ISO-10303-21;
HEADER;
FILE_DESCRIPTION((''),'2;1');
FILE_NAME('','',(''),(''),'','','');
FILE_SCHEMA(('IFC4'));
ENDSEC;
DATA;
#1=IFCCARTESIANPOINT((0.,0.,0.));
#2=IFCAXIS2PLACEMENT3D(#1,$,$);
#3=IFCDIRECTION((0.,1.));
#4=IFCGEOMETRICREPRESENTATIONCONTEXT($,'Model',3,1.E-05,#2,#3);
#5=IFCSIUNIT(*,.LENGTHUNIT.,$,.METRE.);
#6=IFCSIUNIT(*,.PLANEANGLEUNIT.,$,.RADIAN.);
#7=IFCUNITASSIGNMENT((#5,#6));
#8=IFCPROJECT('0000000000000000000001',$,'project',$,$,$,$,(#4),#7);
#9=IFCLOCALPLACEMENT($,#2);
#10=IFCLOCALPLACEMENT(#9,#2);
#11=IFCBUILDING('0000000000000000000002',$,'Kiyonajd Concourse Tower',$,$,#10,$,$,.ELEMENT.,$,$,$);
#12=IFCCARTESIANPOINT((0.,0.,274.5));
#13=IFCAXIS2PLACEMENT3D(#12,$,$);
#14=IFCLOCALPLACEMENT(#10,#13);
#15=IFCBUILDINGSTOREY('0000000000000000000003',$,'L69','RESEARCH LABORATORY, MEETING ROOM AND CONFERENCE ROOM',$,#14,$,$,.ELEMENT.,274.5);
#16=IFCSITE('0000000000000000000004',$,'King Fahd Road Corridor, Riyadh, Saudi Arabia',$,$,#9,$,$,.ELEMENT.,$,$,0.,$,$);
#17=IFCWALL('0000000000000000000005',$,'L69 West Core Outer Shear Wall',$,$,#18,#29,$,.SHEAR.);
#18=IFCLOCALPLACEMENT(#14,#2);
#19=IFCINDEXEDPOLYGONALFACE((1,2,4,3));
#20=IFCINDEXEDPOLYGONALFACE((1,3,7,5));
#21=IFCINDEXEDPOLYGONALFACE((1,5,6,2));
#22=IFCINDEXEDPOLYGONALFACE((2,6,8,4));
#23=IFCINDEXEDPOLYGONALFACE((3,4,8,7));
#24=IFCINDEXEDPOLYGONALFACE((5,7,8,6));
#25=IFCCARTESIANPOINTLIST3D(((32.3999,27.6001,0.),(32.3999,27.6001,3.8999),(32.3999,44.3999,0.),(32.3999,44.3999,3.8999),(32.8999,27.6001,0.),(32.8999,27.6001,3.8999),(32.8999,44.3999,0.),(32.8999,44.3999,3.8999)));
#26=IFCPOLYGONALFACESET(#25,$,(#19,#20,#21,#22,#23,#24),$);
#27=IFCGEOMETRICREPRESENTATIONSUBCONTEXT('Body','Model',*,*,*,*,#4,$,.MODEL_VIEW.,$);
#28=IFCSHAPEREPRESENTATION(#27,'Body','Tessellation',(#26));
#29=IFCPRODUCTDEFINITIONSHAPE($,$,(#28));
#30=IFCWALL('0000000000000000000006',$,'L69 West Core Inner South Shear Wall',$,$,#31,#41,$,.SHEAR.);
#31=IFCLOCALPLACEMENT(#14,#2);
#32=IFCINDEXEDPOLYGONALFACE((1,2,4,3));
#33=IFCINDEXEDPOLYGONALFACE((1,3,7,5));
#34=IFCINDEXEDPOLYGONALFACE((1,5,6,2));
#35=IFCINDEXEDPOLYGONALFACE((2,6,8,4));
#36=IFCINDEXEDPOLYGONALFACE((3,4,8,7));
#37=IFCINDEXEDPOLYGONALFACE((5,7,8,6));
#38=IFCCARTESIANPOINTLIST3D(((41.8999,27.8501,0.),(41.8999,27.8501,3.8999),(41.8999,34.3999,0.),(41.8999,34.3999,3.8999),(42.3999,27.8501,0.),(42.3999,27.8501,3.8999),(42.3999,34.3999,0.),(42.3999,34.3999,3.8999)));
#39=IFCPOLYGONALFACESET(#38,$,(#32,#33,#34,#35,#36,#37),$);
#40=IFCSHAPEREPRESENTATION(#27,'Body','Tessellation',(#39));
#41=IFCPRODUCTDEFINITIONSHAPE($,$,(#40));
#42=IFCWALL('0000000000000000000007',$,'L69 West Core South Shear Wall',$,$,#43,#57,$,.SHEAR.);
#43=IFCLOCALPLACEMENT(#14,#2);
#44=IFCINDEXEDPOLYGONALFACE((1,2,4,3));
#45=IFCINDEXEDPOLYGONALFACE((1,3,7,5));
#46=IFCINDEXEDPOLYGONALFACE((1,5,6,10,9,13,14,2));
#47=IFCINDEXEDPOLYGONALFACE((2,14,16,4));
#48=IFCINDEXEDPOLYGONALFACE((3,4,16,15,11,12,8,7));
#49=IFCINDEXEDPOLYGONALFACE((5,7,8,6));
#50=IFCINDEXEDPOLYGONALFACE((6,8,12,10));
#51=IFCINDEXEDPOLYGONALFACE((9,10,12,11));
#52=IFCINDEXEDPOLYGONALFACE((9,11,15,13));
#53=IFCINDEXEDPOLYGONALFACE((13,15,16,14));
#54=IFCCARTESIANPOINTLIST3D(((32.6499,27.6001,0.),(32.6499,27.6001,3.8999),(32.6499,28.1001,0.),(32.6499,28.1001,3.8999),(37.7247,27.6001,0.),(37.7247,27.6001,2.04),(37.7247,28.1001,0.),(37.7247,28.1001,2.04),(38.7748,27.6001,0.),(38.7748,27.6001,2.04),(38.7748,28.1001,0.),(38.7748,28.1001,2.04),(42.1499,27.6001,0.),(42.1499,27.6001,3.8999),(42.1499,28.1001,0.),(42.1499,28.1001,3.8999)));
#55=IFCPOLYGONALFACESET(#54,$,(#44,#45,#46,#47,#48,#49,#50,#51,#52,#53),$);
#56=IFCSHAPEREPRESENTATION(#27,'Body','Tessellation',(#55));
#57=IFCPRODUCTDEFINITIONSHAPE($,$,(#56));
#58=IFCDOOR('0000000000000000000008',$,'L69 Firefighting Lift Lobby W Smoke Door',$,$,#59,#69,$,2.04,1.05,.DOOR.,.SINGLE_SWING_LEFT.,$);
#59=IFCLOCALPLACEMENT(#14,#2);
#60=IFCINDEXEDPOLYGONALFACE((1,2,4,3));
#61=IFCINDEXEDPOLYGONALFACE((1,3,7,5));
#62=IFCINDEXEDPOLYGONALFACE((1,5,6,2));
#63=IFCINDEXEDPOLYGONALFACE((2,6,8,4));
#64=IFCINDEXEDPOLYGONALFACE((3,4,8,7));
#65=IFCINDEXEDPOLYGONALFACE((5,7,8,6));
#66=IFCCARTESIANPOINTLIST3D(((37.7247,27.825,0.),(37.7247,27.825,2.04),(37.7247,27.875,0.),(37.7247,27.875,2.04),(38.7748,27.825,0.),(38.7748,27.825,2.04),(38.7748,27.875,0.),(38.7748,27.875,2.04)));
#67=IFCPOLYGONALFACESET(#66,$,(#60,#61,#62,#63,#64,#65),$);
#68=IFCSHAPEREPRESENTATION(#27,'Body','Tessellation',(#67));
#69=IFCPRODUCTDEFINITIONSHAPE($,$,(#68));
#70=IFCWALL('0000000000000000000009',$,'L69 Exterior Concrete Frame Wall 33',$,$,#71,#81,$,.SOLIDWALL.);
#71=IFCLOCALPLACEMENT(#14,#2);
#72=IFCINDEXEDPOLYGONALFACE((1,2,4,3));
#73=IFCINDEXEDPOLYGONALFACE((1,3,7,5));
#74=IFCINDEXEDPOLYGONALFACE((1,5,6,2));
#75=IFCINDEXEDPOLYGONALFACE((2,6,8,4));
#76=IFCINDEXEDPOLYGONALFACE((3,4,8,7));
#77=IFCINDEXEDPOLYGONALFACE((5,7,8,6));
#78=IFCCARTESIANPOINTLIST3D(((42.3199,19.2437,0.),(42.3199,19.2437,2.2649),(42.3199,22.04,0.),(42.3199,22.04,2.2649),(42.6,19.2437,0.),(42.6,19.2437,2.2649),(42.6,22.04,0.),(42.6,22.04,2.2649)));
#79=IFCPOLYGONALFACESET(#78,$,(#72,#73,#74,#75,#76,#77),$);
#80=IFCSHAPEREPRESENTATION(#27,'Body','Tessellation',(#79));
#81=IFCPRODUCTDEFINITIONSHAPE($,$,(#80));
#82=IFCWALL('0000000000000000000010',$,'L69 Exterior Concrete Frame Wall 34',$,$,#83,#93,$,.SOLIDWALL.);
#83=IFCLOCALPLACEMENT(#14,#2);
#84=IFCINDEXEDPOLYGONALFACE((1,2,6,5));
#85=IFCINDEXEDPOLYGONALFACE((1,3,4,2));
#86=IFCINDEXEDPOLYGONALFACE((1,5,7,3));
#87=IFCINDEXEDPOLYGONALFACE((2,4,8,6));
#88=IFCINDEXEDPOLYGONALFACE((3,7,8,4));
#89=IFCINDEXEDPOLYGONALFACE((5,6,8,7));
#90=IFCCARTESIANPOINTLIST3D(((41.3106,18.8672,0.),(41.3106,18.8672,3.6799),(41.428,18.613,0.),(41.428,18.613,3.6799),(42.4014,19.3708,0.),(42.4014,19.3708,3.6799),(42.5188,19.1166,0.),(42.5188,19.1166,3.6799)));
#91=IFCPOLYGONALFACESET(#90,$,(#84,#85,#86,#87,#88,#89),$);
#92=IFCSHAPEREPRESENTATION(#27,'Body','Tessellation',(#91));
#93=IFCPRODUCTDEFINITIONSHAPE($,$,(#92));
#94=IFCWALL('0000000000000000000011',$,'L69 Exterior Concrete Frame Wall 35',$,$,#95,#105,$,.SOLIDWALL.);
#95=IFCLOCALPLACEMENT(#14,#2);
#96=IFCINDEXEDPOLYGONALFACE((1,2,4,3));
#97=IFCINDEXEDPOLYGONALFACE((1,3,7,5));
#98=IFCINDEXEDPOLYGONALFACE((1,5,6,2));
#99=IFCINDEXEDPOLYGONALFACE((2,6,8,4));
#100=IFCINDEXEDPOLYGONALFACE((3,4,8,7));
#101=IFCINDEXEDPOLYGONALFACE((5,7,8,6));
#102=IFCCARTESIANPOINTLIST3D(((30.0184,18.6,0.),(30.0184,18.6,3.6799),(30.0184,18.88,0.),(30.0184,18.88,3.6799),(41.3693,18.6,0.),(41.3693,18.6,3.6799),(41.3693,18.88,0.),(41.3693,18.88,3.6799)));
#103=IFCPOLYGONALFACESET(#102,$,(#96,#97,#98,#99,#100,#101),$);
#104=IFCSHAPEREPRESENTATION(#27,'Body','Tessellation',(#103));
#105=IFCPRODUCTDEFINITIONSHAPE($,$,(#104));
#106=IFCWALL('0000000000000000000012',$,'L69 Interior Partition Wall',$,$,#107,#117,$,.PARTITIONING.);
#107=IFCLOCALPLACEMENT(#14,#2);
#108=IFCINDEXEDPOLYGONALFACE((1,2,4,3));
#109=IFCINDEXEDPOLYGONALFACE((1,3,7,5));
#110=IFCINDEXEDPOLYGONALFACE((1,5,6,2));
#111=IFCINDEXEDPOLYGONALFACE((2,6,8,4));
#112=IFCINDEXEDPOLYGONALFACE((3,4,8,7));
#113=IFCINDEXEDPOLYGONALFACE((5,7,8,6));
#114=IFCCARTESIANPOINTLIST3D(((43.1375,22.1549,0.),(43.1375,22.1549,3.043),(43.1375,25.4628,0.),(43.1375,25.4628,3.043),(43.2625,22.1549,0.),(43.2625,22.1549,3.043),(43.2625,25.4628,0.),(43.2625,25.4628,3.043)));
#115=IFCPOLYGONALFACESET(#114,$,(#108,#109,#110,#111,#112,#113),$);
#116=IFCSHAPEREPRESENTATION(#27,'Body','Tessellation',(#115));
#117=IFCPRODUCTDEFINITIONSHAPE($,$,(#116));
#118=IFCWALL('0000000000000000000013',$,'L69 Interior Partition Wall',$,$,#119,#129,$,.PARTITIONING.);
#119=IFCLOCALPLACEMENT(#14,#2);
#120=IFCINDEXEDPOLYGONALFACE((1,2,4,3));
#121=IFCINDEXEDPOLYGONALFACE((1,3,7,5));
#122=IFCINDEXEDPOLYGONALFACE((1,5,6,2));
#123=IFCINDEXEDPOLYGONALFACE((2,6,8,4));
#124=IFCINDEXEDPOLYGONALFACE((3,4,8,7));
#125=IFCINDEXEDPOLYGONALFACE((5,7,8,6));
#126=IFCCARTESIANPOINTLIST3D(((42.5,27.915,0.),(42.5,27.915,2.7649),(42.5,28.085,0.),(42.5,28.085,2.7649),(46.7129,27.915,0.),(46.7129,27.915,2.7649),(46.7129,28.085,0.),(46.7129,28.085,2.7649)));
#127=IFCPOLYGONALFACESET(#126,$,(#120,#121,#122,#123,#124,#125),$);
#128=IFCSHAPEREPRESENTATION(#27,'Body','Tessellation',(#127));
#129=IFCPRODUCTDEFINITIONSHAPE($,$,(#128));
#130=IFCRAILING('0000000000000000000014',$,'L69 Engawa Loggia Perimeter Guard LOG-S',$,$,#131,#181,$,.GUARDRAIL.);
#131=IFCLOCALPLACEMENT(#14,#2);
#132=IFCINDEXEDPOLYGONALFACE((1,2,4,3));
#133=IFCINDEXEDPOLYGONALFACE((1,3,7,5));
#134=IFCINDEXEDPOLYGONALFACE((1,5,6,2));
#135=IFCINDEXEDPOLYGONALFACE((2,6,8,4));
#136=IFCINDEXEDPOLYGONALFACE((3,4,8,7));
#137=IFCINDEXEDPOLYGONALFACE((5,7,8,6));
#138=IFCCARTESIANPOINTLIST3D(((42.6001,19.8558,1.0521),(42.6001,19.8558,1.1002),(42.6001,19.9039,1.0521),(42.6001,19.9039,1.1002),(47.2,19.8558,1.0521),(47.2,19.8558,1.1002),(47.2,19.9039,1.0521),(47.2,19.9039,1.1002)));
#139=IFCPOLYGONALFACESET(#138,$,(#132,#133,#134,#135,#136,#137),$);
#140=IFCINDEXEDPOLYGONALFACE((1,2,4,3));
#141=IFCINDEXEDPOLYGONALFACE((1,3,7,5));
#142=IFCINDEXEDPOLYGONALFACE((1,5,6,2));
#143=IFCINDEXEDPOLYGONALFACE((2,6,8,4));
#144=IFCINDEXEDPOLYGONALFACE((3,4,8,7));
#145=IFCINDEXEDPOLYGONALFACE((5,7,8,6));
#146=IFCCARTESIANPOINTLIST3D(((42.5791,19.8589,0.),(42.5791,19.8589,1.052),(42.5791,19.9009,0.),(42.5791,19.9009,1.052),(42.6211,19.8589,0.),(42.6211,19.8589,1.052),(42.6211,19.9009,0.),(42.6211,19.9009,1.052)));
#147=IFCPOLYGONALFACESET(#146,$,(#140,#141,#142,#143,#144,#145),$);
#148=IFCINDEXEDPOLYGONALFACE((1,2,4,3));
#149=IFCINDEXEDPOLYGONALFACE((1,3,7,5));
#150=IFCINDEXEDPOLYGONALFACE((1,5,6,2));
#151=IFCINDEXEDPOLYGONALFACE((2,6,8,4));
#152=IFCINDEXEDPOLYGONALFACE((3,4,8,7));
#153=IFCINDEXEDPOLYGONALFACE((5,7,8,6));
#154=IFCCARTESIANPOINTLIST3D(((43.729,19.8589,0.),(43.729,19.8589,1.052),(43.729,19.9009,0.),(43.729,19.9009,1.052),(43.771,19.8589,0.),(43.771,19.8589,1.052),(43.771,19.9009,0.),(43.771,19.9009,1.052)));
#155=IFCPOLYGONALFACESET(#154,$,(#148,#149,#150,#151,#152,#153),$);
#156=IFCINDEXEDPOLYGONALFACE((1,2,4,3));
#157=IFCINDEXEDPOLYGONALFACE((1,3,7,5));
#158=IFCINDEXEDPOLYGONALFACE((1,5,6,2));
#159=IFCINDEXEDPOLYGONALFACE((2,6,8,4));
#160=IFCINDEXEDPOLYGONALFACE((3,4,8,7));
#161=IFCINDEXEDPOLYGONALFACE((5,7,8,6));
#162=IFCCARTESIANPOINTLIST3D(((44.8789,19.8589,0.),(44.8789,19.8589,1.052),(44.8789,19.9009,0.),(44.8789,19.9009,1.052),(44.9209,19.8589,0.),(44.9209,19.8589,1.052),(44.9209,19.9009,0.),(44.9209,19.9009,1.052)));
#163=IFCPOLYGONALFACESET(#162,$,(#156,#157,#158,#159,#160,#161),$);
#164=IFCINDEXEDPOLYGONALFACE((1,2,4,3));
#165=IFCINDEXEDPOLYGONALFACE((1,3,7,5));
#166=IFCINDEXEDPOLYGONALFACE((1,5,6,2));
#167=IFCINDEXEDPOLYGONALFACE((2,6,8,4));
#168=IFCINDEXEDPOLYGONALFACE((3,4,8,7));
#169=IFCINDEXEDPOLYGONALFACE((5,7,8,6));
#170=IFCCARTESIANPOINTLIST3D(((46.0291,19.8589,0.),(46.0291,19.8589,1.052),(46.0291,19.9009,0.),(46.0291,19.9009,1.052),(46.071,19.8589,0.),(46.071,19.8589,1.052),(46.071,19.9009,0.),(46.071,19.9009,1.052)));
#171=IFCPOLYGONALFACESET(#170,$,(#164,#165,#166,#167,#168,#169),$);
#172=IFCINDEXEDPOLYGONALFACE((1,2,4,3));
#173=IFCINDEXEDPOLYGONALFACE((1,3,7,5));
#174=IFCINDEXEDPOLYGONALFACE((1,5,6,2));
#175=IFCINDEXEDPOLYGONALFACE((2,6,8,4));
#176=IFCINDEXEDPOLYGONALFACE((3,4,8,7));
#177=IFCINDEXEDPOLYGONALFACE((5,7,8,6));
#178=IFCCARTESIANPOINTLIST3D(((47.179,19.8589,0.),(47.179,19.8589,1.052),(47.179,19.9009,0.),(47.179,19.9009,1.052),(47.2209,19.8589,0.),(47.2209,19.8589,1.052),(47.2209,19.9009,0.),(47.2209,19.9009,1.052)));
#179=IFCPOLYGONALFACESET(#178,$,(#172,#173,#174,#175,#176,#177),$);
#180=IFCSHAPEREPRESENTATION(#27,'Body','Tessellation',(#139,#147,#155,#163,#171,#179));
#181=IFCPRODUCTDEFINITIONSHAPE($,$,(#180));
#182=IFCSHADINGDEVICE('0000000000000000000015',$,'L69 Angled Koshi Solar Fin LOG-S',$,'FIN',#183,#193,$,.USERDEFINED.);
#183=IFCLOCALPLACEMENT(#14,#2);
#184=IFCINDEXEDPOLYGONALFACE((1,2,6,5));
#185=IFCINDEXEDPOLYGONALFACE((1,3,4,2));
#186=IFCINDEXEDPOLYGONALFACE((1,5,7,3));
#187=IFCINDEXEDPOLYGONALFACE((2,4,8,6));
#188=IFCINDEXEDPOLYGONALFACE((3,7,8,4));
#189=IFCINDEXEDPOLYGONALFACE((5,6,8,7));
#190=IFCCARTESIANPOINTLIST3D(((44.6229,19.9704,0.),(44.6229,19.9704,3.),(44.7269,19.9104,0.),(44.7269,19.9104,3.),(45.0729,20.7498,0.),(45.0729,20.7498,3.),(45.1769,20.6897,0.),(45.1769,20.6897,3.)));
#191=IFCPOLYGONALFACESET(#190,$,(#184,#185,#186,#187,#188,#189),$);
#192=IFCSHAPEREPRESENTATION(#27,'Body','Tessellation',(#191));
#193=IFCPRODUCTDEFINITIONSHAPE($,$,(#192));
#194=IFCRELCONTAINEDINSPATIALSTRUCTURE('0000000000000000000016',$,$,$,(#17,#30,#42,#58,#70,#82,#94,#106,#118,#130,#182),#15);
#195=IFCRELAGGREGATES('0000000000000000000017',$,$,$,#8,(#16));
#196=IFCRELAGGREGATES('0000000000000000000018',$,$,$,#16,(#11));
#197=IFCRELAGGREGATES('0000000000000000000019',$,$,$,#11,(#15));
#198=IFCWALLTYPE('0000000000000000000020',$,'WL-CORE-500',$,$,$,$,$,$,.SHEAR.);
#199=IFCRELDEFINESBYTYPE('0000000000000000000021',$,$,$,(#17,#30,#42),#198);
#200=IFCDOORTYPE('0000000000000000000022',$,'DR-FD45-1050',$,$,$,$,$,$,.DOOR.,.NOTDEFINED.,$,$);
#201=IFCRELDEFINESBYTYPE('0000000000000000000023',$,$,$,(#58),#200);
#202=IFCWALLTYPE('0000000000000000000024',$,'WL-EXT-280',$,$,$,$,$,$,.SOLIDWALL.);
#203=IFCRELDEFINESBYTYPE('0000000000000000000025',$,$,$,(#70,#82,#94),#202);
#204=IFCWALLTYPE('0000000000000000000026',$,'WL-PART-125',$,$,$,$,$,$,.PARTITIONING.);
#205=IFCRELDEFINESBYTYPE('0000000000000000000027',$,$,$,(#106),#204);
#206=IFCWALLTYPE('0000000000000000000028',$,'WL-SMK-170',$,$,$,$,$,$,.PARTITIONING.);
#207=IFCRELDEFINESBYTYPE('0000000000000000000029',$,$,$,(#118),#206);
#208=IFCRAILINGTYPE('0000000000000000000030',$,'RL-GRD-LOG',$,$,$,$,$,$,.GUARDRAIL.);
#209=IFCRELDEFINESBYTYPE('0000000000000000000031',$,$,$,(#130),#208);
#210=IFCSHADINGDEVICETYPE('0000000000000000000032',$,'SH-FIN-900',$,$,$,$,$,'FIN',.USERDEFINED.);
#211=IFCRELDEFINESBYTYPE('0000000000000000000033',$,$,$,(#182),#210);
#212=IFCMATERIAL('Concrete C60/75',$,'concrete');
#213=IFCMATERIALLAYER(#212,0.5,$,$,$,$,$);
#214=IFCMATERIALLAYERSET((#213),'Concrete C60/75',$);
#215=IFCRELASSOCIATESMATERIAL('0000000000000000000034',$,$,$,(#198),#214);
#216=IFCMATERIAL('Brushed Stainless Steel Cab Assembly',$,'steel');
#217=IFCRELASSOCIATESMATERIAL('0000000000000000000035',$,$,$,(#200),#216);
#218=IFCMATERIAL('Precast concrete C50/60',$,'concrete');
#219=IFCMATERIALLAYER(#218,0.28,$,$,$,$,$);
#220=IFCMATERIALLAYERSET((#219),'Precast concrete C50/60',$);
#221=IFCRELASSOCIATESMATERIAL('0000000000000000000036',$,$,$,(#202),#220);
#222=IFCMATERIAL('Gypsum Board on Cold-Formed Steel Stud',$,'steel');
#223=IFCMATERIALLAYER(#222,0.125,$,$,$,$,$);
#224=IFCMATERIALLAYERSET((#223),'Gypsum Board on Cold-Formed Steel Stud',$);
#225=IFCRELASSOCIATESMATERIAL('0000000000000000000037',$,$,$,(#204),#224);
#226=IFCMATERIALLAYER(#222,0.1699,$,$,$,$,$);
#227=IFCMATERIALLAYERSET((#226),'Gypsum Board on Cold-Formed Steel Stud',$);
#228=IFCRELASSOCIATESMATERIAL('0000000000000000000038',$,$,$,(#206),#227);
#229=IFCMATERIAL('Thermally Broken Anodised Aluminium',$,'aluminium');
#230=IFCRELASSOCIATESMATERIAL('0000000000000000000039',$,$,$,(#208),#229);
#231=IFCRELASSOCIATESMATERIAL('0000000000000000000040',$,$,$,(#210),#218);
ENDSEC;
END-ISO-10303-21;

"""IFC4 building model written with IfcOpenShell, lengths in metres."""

from ifc_helpers import new_model, si_unit, direction, frame, frame_2d, origin, origin_2d, place, context, subcontext, project, spatial, rectangle, extrude, material, layer, layer_set, type_object, element, fill, save


model = new_model("IFC4")

# Units and contexts
model_context = context("Model", 3, precision=1e-05, world=origin(), true_north=direction((0.0, 1.0)))
body_context = subcontext(model_context, "Body", "Model", "MODEL_VIEW")
ifc_project = project(units=[si_unit("LENGTHUNIT", "METRE"), si_unit("PLANEANGLEUNIT", "RADIAN")], contexts=[model_context])

# Site, building, storey
site_placement = place(None, origin())
site = spatial("IfcSite", under=ifc_project, at=site_placement, Name="King Fahd Road Corridor, Riyadh, Saudi Arabia", CompositionType="ELEMENT", RefElevation=0.0)
building_placement = place(site_placement, origin())
building = spatial("IfcBuilding", under=site, at=building_placement, Name="Kiyonajd Concourse Tower", CompositionType="ELEMENT")
storey_placement = place(building_placement, frame((0.0, 0.0, 274.5)))
storey = spatial("IfcBuildingStorey", under=building, at=storey_placement, Name="L69", Description="RESEARCH LABORATORY, MEETING ROOM AND CONFERENCE ROOM", CompositionType="ELEMENT", Elevation=274.5)

# Shared definitions
ifc_material_1 = material(Name="Concrete C60/75", Category="concrete")

# Shared definitions
ifc_material_2 = material(Name="Thermally Broken Anodised Aluminium", Category="aluminium")

# Walls
ifc_layer_1 = layer(ifc_material_1, 0.5)
ifc_layer_set_1 = layer_set([ifc_layer_1], Name="Concrete C60/75")
wall_type_1 = type_object("IfcWallType", Name="WL-CORE-500", PredefinedType="SHEAR", material=ifc_layer_set_1)
wall_1_placement = place(storey_placement, frame((32.6499, 27.6001, 0.0), z_axis=(0.0, 0.0, 1.0), x_axis=(0.0, 1.0, 0.0)))
element("IfcWall", 1, at=wall_1_placement, inside=storey, type_object=wall_type_1, Name="L69 West Core Outer Shear Wall", PredefinedType="SHEAR", context=body_context, shape_type="SweptSolid", body=[
    extrude(rectangle(XDim=16.7998, YDim=0.5, at=frame_2d((8.3999, 0.0))), origin(), (0.0, 0.0, 1.0), 3.8999),
])
wall_2_placement = place(storey_placement, frame((42.1499, 27.8501, 0.0), z_axis=(0.0, 0.0, 1.0), x_axis=(0.0, 1.0, 0.0)))
element("IfcWall", 2, at=wall_2_placement, inside=storey, type_object=wall_type_1, Name="L69 West Core Inner South Shear Wall", PredefinedType="SHEAR", context=body_context, shape_type="SweptSolid", body=[
    extrude(rectangle(XDim=6.5498, YDim=0.5, at=frame_2d((3.2749, 0.0))), origin(), (0.0, 0.0, 1.0), 3.8999),
])

# Wall, opening, door
wall_3_placement = place(storey_placement, frame((32.6499, 27.8501, 0.0), z_axis=(0.0, 0.0, 1.0), x_axis=(1.0, 0.0, 0.0)))
wall_3 = element("IfcWall", 3, at=wall_3_placement, inside=storey, type_object=wall_type_1, Name="L69 West Core South Shear Wall", PredefinedType="SHEAR", context=body_context, shape_type="SweptSolid", body=[
    extrude(rectangle(XDim=9.5, YDim=0.5, at=frame_2d((4.75, 0.0))), origin(), (0.0, 0.0, 1.0), 3.8999),
])
opening_placement = place(wall_3_placement, frame((5.075, 0.0, 0.0)))
opening = element("IfcOpeningElement", 4, at=opening_placement, cuts=wall_3, PredefinedType="OPENING", context=body_context, shape_type="SweptSolid", body=[
    extrude(rectangle(XDim=1.05, YDim=2.04, at=frame_2d((0.5249, 1.02))), frame((0.0, 0.26, 0.0), z_axis=(0.0, -1.0, 0.0), x_axis=(1.0, 0.0, 0.0)), (0.0, 0.0, 1.0), 0.52),
])
ifc_material_3 = material(Name="Brushed Stainless Steel Cab Assembly", Category="steel")
door_type = type_object("IfcDoorType", Name="DR-FD45-1050", OperationType="NOTDEFINED", PredefinedType="DOOR", material=ifc_material_3)
door_placement = place(opening_placement, origin())
door = element("IfcDoor", 5, at=door_placement, inside=storey, type_object=door_type, Name="L69 Firefighting Lift Lobby W Smoke Door", OperationType="SINGLE_SWING_LEFT", OverallHeight=2.04, OverallWidth=1.05, PredefinedType="DOOR", context=body_context, shape_type="SweptSolid", body=[
    extrude(rectangle(XDim=1.05, YDim=2.04, at=frame_2d((0.5249, 1.02))), frame((0.0, 0.0249, 0.0), z_axis=(0.0, -1.0, 0.0), x_axis=(1.0, 0.0, 0.0)), (0.0, 0.0, 1.0), 0.05),
])
fill(opening, door)

# Walls
ifc_material_4 = material(Name="Precast concrete C50/60", Category="concrete")
ifc_layer_2 = layer(ifc_material_4, 0.28)
ifc_layer_set_2 = layer_set([ifc_layer_2], Name="Precast concrete C50/60")
wall_type_2 = type_object("IfcWallType", Name="WL-EXT-280", PredefinedType="SOLIDWALL", material=ifc_layer_set_2)
wall_4_placement = place(storey_placement, frame((42.46, 22.04, 0.0), z_axis=(0.0, 0.0, 1.0), x_axis=(0.0, -1.0, 0.0)))
element("IfcWall", 6, at=wall_4_placement, inside=storey, type_object=wall_type_2, Name="L69 Exterior Concrete Frame Wall 33", PredefinedType="SOLIDWALL", context=body_context, shape_type="SweptSolid", body=[
    extrude(rectangle(XDim=2.7964, YDim=0.28, at=frame_2d((1.3982, 0.0))), origin(), (0.0, 0.0, 1.0), 2.2649),
])
wall_5_placement = place(storey_placement, frame((42.46, 19.2437, 0.0), z_axis=(0.0, 0.0, 1.0), x_axis=(-0.907894, -0.4192, 0.0)))
element("IfcWall", 7, at=wall_5_placement, inside=storey, type_object=wall_type_2, Name="L69 Exterior Concrete Frame Wall 34", PredefinedType="SOLIDWALL", context=body_context, shape_type="SweptSolid", body=[
    extrude(rectangle(XDim=1.2014, YDim=0.28, at=frame_2d((0.6006, 0.0))), origin(), (0.0, 0.0, 1.0), 3.6799),
])
wall_6_placement = place(storey_placement, frame((41.3691, 18.74, 0.0), z_axis=(0.0, 0.0, 1.0), x_axis=(-1.0, 0.0, 0.0)))
element("IfcWall", 8, at=wall_6_placement, inside=storey, type_object=wall_type_2, Name="L69 Exterior Concrete Frame Wall 35", PredefinedType="SOLIDWALL", context=body_context, shape_type="SweptSolid", body=[
    extrude(rectangle(XDim=11.3508, YDim=0.28, at=frame_2d((5.6753, 0.0))), origin(), (0.0, 0.0, 1.0), 3.6799),
])
ifc_material_5 = material(Name="Gypsum Board on Cold-Formed Steel Stud", Category="steel")
ifc_layer_3 = layer(ifc_material_5, 0.125)
ifc_layer_set_3 = layer_set([ifc_layer_3], Name="Gypsum Board on Cold-Formed Steel Stud")
wall_type_3 = type_object("IfcWallType", Name="WL-PART-125", PredefinedType="PARTITIONING", material=ifc_layer_set_3)
wall_7_placement = place(storey_placement, frame((43.2, 22.155, 0.0), z_axis=(0.0, 0.0, 1.0), x_axis=(0.0, 1.0, 0.0)))
element("IfcWall", 9, at=wall_7_placement, inside=storey, type_object=wall_type_3, Name="L69 Interior Partition Wall", PredefinedType="PARTITIONING", context=body_context, shape_type="SweptSolid", body=[
    extrude(rectangle(XDim=3.3079, YDim=0.125, at=frame_2d((1.6538, 0.0))), origin(), (0.0, 0.0, 1.0), 3.043),
])
ifc_layer_4 = layer(ifc_material_5, 0.1699)
ifc_layer_set_4 = layer_set([ifc_layer_4], Name="Gypsum Board on Cold-Formed Steel Stud")
wall_type_4 = type_object("IfcWallType", Name="WL-SMK-170", PredefinedType="PARTITIONING", material=ifc_layer_set_4)
wall_8_placement = place(storey_placement, frame((42.5, 28.0, 0.0), z_axis=(0.0, 0.0, 1.0), x_axis=(1.0, 0.0, 0.0)))
element("IfcWall", 10, at=wall_8_placement, inside=storey, type_object=wall_type_4, Name="L69 Interior Partition Wall", PredefinedType="PARTITIONING", context=body_context, shape_type="SweptSolid", body=[
    extrude(rectangle(XDim=4.2129, YDim=0.1699, at=frame_2d((2.1064, 0.0))), origin(), (0.0, 0.0, 1.0), 2.7649),
])

# Railing
railing_type = type_object("IfcRailingType", Name="RL-GRD-LOG", PredefinedType="GUARDRAIL", material=ifc_material_2)
railing_placement = place(storey_placement, frame((42.6001, 19.8799, 0.0)))
element("IfcRailing", 11, at=railing_placement, inside=storey, type_object=railing_type, Name="L69 Engawa Loggia Perimeter Guard LOG-S", PredefinedType="GUARDRAIL", context=body_context, shape_type="SweptSolid", body=[
    extrude(rectangle(XDim=0.0481, YDim=0.0481, at=origin_2d()), frame((0.0, 0.0, 1.0762), z_axis=(1.0, 0.0, 0.0), x_axis=(0.0, 1.0, 0.0)), (0.0, 0.0, 1.0), 4.5999),
    extrude(rectangle(XDim=0.042, YDim=0.042, at=origin_2d()), origin(), (0.0, 0.0, 1.0), 1.052),
    extrude(rectangle(XDim=0.042, YDim=0.042, at=origin_2d()), frame((1.1499, 0.0, 0.0)), (0.0, 0.0, 1.0), 1.052),
    extrude(rectangle(XDim=0.042, YDim=0.042, at=origin_2d()), frame((2.2998, 0.0, 0.0)), (0.0, 0.0, 1.0), 1.052),
    extrude(rectangle(XDim=0.042, YDim=0.042, at=origin_2d()), frame((3.45, 0.0, 0.0)), (0.0, 0.0, 1.0), 1.052),
    extrude(rectangle(XDim=0.042, YDim=0.042, at=origin_2d()), frame((4.5999, 0.0, 0.0)), (0.0, 0.0, 1.0), 1.052),
])

# Shading device
shading_device_type_1 = type_object("IfcShadingDeviceType", Name="SH-FIN-900", ElementType="FIN", PredefinedType="USERDEFINED", material=ifc_material_4)
shading_device_1_placement = place(storey_placement, frame((44.8999, 20.3301, 0.0), z_axis=(0.0, 0.0, 1.0), x_axis=(0.5, 0.866025, 0.0)))
element("IfcShadingDevice", 12, at=shading_device_1_placement, inside=storey, type_object=shading_device_type_1, Name="L69 Angled Koshi Solar Fin LOG-S", ObjectType="FIN", PredefinedType="USERDEFINED", context=body_context, shape_type="SweptSolid", body=[
    extrude(rectangle(XDim=0.8999, YDim=0.1201, at=origin_2d()), origin(), (0.0, 0.0, 1.0), 3.0),
])

save(model, "model.ifc")
